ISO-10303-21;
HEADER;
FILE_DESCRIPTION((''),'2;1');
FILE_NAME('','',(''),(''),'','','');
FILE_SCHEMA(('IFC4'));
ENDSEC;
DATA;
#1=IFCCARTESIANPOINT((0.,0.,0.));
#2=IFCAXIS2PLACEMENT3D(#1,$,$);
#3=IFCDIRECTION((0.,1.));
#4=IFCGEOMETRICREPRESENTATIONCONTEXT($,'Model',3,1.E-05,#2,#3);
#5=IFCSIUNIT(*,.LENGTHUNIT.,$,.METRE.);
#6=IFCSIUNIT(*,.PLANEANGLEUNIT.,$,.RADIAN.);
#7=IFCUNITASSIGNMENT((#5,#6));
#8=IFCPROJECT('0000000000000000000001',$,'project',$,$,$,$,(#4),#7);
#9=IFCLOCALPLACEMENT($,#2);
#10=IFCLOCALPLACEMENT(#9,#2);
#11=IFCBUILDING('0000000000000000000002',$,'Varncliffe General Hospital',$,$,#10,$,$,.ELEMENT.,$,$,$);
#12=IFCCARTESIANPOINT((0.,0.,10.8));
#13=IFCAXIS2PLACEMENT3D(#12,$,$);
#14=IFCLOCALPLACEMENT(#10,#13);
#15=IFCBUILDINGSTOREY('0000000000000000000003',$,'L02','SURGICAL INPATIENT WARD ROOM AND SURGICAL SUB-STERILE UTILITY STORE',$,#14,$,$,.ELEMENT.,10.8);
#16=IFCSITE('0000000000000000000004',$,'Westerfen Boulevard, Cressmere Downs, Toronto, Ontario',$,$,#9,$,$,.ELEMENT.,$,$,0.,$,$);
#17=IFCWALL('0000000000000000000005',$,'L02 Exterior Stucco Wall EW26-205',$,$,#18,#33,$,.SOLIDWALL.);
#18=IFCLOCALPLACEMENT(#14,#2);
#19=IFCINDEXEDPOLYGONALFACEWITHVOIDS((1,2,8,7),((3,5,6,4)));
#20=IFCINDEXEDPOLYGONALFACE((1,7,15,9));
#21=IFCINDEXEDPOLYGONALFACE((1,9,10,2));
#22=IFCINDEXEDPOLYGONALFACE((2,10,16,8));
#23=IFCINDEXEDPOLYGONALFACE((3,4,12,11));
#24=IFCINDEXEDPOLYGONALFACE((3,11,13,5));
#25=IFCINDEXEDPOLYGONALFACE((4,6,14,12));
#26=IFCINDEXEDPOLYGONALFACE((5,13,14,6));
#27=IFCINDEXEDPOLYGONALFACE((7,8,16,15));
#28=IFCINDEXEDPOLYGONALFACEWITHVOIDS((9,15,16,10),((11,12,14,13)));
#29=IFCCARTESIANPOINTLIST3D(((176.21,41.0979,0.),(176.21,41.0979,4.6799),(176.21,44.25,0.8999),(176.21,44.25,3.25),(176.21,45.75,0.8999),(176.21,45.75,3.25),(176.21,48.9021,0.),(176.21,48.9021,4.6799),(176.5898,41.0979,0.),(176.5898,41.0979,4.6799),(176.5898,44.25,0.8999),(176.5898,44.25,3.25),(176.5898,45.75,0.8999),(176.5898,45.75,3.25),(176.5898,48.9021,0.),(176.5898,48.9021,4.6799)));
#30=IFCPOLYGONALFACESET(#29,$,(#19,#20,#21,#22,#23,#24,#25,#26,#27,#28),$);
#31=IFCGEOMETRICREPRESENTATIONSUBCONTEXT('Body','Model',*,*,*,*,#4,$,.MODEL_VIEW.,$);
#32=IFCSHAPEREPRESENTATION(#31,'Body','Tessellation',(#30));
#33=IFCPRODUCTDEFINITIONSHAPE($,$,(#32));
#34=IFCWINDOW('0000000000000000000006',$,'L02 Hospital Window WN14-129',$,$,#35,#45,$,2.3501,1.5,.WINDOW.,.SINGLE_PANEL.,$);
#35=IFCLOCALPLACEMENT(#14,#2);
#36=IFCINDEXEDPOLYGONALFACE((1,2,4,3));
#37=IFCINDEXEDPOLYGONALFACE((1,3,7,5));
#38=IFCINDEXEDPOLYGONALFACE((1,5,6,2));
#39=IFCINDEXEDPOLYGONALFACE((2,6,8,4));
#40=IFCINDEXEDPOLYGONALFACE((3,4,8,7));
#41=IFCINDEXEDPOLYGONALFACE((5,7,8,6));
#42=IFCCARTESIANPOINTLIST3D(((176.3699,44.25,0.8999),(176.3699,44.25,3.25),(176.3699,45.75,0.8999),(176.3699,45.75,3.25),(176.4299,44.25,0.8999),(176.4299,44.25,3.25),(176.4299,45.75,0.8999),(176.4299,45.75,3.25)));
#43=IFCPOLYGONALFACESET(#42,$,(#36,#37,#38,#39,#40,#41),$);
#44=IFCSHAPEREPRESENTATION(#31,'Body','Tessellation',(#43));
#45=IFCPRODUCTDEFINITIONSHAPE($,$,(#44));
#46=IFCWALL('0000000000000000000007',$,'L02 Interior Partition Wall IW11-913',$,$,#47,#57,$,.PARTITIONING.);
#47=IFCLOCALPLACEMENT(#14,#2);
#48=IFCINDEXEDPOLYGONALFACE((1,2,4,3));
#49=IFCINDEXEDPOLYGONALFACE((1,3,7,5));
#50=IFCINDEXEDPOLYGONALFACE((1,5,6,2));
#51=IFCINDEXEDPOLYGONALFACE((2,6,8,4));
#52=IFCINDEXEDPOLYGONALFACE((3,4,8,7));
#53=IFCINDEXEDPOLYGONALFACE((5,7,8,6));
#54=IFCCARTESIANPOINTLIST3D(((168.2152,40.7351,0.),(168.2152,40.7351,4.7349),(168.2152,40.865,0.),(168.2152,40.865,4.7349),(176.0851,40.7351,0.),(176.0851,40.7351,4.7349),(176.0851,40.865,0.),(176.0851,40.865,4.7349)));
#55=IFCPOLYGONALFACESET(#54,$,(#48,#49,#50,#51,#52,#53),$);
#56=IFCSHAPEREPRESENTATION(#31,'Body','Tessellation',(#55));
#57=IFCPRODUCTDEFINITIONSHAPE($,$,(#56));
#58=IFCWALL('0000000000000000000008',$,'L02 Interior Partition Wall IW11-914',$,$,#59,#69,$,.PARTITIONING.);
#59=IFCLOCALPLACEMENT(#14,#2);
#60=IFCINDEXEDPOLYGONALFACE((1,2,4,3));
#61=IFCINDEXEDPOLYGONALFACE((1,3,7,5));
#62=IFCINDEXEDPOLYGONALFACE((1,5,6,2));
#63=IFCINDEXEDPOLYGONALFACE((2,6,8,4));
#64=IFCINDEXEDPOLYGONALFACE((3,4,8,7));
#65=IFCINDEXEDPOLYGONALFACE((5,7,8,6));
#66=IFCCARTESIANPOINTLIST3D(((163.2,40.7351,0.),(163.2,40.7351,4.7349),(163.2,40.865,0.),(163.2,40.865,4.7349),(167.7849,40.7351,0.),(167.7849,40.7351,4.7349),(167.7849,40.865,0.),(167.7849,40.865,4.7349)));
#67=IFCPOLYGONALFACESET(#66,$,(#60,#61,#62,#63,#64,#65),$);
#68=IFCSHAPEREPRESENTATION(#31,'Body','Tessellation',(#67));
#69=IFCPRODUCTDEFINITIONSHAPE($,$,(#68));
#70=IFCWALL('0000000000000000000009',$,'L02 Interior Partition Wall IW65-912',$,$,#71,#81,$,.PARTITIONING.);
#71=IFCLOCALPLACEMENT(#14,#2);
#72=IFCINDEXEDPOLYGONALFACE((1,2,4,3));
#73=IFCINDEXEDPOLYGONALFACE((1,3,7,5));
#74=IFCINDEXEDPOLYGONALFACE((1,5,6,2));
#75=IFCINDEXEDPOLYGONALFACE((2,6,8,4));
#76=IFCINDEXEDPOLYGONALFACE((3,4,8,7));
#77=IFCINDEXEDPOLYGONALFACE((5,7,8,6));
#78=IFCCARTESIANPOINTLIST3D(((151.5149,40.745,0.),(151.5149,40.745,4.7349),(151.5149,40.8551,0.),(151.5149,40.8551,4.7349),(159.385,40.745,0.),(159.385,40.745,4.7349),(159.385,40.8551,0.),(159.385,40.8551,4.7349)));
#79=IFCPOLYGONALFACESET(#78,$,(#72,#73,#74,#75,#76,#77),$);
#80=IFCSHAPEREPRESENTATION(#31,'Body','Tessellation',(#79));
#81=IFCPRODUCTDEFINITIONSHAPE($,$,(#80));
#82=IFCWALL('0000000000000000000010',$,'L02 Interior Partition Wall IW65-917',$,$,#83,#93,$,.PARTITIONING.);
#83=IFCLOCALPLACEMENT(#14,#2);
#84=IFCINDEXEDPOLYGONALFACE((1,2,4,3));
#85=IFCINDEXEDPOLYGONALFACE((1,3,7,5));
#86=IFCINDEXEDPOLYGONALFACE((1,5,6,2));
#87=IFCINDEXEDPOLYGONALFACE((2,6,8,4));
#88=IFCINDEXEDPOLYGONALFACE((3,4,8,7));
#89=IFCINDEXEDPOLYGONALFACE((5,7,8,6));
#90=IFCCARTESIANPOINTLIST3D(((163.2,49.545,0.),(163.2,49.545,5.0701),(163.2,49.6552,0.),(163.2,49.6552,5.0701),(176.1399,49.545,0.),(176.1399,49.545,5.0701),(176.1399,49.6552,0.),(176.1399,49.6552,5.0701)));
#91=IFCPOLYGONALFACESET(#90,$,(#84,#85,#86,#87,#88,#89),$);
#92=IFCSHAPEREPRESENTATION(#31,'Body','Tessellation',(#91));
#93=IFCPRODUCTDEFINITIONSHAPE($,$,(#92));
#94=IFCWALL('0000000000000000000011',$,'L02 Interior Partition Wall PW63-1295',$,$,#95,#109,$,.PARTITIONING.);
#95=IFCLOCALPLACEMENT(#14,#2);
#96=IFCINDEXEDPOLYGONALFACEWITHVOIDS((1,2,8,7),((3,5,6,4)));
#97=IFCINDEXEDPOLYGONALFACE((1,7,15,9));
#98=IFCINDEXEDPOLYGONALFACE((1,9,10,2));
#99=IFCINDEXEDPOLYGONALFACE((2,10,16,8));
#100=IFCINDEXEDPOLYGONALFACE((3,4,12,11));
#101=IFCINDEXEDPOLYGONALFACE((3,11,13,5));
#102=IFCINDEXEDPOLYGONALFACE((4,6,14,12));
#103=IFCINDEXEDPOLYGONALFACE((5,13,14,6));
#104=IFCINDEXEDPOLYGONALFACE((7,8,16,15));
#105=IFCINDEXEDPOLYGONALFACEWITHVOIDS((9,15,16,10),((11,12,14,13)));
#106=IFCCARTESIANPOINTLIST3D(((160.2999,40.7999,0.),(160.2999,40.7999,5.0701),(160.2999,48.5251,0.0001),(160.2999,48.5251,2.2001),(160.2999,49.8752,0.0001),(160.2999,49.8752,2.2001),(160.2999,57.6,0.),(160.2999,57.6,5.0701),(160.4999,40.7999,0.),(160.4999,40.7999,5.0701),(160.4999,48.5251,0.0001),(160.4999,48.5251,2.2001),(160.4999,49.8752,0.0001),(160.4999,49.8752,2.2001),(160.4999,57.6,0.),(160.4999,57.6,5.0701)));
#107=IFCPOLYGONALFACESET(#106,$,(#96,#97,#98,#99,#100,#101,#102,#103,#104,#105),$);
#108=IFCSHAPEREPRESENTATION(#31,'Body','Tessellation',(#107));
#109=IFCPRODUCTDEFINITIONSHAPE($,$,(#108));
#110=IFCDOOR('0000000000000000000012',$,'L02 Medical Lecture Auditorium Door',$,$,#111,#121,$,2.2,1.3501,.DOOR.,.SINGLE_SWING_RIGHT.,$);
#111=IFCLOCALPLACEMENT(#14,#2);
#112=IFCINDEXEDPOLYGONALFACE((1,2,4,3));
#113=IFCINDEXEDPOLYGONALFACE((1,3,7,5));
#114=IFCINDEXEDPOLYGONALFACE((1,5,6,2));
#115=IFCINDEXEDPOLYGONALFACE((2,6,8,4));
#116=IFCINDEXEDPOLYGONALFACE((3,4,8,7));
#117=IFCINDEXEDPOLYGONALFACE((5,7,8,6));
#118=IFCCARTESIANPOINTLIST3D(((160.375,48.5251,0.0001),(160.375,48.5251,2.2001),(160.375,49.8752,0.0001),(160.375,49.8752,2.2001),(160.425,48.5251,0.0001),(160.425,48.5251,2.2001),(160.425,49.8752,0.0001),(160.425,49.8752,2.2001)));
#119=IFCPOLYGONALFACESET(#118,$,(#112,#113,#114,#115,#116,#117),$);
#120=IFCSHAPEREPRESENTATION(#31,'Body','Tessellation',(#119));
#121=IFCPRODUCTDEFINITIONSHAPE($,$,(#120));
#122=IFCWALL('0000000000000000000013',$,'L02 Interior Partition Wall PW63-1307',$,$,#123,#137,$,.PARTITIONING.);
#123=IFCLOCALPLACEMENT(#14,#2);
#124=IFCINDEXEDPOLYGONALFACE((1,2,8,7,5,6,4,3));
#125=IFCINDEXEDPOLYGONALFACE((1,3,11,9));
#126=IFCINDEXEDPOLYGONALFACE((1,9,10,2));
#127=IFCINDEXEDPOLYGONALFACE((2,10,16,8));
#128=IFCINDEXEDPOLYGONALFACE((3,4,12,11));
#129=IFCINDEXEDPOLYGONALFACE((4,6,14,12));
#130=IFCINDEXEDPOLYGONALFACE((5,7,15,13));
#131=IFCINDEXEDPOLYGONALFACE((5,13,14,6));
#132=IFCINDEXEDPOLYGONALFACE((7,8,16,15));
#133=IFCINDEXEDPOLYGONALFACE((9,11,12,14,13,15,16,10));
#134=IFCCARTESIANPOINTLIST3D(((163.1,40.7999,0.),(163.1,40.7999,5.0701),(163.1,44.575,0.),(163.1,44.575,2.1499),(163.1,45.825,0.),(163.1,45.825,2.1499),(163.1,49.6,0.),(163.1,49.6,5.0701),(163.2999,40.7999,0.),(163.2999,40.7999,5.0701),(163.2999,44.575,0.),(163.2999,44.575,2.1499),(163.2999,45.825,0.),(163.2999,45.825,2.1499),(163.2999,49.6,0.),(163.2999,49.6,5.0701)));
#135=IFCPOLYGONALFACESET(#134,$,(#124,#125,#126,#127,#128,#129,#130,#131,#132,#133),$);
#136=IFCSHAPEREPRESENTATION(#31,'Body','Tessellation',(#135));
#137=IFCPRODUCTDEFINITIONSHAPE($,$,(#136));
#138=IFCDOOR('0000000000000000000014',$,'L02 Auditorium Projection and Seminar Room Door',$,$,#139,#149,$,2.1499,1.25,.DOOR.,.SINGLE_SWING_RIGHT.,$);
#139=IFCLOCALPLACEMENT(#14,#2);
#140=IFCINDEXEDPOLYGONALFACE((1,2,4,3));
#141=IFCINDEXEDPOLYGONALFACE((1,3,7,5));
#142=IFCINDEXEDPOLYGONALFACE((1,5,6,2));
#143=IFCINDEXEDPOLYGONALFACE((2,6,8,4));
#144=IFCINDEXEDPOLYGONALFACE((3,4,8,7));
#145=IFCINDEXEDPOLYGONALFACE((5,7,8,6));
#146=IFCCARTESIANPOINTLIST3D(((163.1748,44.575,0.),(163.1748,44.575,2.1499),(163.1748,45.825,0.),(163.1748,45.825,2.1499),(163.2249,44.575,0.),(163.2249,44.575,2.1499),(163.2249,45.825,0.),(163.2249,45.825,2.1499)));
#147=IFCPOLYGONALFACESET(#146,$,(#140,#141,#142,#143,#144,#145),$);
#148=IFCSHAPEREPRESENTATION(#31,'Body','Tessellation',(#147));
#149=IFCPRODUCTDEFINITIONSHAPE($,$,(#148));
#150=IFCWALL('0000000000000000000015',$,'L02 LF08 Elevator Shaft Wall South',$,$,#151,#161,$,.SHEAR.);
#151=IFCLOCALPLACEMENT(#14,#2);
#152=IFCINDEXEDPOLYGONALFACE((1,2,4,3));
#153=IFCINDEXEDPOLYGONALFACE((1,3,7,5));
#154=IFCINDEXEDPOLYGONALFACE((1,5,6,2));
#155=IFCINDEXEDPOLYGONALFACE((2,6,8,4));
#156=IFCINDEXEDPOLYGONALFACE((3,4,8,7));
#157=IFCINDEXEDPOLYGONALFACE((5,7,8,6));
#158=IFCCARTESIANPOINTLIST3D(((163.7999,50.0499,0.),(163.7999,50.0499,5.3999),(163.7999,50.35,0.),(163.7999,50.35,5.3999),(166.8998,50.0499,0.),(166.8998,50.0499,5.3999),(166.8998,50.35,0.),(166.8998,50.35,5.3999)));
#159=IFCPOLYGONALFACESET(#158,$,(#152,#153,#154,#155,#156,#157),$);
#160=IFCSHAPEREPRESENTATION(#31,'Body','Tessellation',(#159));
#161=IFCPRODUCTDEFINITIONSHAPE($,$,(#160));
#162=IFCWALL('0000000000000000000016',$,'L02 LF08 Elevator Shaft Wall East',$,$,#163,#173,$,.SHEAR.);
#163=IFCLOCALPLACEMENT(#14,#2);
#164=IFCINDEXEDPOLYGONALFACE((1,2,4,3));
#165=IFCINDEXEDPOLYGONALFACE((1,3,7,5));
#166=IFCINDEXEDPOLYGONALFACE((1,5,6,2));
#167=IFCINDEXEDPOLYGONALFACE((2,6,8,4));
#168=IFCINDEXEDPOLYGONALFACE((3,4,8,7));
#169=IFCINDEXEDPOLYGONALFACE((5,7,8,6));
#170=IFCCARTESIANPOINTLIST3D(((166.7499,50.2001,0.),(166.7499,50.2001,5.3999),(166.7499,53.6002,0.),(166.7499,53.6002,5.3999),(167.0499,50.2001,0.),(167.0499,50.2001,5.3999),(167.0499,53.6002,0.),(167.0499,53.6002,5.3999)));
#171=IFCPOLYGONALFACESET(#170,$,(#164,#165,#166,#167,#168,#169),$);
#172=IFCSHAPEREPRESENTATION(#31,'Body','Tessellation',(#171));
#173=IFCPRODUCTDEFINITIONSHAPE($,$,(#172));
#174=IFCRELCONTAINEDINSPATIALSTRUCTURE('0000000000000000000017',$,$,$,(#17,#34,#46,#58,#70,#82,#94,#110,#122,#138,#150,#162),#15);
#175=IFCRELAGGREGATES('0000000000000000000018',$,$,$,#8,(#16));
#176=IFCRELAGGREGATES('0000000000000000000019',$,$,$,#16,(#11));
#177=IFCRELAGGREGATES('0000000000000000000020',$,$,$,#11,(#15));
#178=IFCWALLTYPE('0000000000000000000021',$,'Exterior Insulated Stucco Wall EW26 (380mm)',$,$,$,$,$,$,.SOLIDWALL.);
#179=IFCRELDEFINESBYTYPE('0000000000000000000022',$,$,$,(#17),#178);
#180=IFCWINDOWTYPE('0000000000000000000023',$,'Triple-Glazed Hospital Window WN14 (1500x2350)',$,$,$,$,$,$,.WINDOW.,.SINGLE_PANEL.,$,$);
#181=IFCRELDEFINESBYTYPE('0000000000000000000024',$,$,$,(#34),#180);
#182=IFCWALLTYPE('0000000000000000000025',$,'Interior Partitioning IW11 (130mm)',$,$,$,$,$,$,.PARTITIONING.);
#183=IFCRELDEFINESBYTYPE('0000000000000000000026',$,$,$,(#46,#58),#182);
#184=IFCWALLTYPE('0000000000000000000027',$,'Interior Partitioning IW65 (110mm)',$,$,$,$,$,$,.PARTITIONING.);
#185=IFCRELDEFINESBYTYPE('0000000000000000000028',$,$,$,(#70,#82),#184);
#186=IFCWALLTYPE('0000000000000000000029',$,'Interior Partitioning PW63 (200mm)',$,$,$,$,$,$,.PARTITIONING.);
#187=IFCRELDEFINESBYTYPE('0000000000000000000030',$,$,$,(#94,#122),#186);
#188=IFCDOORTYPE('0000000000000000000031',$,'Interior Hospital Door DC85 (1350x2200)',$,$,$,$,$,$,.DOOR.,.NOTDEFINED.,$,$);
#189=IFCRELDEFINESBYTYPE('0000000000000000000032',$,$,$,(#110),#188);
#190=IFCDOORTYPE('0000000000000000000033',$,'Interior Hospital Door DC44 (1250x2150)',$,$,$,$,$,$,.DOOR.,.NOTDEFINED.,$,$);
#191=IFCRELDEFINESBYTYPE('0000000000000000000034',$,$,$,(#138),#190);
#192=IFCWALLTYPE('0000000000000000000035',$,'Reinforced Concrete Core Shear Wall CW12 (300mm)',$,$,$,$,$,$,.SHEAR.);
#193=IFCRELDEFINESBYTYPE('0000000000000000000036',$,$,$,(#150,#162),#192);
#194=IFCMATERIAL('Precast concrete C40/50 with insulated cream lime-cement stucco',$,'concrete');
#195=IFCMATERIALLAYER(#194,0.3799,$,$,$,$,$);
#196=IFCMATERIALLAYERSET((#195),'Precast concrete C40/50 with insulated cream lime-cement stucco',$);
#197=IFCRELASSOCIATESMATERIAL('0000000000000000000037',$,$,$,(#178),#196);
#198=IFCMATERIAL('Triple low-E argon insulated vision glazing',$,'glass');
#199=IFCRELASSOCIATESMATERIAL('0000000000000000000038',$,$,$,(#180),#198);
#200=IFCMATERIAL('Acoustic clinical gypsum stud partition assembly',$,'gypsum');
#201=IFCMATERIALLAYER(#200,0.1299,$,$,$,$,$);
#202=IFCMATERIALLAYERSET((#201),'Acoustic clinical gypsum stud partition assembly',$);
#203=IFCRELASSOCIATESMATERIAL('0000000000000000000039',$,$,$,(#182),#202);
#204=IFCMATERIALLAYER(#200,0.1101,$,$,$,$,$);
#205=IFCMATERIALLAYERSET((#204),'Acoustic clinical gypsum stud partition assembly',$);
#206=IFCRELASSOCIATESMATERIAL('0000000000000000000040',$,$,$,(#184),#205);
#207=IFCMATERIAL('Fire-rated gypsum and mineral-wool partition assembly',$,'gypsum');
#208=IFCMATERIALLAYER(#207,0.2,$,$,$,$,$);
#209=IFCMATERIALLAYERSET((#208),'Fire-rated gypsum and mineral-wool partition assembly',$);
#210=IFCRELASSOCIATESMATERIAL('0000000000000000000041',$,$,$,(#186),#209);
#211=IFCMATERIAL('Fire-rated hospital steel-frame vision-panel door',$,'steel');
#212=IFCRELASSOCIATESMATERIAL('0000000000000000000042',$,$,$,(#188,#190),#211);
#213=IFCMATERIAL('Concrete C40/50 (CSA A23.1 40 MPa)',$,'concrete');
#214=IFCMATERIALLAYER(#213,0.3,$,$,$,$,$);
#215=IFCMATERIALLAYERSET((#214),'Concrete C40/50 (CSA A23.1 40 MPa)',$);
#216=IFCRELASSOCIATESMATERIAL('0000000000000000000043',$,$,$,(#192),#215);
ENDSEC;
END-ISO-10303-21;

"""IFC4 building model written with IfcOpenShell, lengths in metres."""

from ifc_helpers import new_model, si_unit, direction, frame, frame_2d, origin, place, context, subcontext, project, spatial, rectangle, extrude, material, layer, layer_set, type_object, element, fill, save


model = new_model("IFC4")

# Units and contexts
model_context = context("Model", 3, precision=1e-05, world=origin(), true_north=direction((0.0, 1.0)))
body_context = subcontext(model_context, "Body", "Model", "MODEL_VIEW")
ifc_project = project(units=[si_unit("LENGTHUNIT", "METRE"), si_unit("PLANEANGLEUNIT", "RADIAN")], contexts=[model_context])

# Site, building, storey
site_placement = place(None, origin())
site = spatial("IfcSite", under=ifc_project, at=site_placement, Name="Westerfen Boulevard, Cressmere Downs, Toronto, Ontario", CompositionType="ELEMENT", RefElevation=0.0)
building_placement = place(site_placement, origin())
building = spatial("IfcBuilding", under=site, at=building_placement, Name="Varncliffe General Hospital", CompositionType="ELEMENT")
storey_placement = place(building_placement, frame((0.0, 0.0, 10.8)))
storey = spatial("IfcBuildingStorey", under=building, at=storey_placement, Name="L02", Description="SURGICAL INPATIENT WARD ROOM AND SURGICAL SUB-STERILE UTILITY STORE", CompositionType="ELEMENT", Elevation=10.8)

# Shared definitions
ifc_material_1 = material(Name="Concrete C40/50 (CSA A23.1 40 MPa)", Category="concrete")

# Shared definitions
ifc_material_2 = material(Name="Triple low-E argon insulated vision glazing", Category="glass")

# Wall, opening, window
ifc_material_3 = material(Name="Precast concrete C40/50 with insulated cream lime-cement stucco", Category="concrete")
ifc_layer_1 = layer(ifc_material_3, 0.3799)
ifc_layer_set_1 = layer_set([ifc_layer_1], Name="Precast concrete C40/50 with insulated cream lime-cement stucco")
wall_type_1 = type_object("IfcWallType", Name="Exterior Insulated Stucco Wall EW26 (380mm)", PredefinedType="SOLIDWALL", material=ifc_layer_set_1)
wall_1_placement = place(storey_placement, frame((176.3999, 48.9021, 0.0), z_axis=(0.0, 0.0, 1.0), x_axis=(0.0, -1.0, 0.0)))
wall_1 = element("IfcWall", 1, at=wall_1_placement, inside=storey, type_object=wall_type_1, Name="L02 Exterior Stucco Wall EW26-205", PredefinedType="SOLIDWALL", context=body_context, shape_type="SweptSolid", body=[
    extrude(rectangle(XDim=7.8042, YDim=0.3799, at=frame_2d((3.9021, 0.0))), origin(), (0.0, 0.0, 1.0), 4.6799),
])
opening_1_placement = place(wall_1_placement, frame((3.1521, 0.0, 0.8999)))
opening_1 = element("IfcOpeningElement", 2, at=opening_1_placement, cuts=wall_1, PredefinedType="OPENING", context=body_context, shape_type="SweptSolid", body=[
    extrude(rectangle(XDim=1.5, YDim=2.3501, at=frame_2d((0.75, 1.175))), frame((0.0, 0.2, 0.0), z_axis=(0.0, -1.0, 0.0), x_axis=(1.0, 0.0, 0.0)), (0.0, 0.0, 1.0), 0.3999),
])
window_type = type_object("IfcWindowType", Name="Triple-Glazed Hospital Window WN14 (1500x2350)", PartitioningType="SINGLE_PANEL", PredefinedType="WINDOW", material=ifc_material_2)
window_placement = place(opening_1_placement, origin())
window = element("IfcWindow", 3, at=window_placement, inside=storey, type_object=window_type, Name="L02 Hospital Window WN14-129", OverallHeight=2.3501, OverallWidth=1.5, PartitioningType="SINGLE_PANEL", PredefinedType="WINDOW", context=body_context, shape_type="SweptSolid", body=[
    extrude(rectangle(XDim=1.5, YDim=2.3501, at=frame_2d((0.75, 1.175))), frame((0.0, 0.03, 0.0), z_axis=(0.0, -1.0, 0.0), x_axis=(1.0, 0.0, 0.0)), (0.0, 0.0, 1.0), 0.0601),
])
fill(opening_1, window)

# Walls
ifc_material_4 = material(Name="Acoustic clinical gypsum stud partition assembly", Category="gypsum")
ifc_layer_2 = layer(ifc_material_4, 0.1299)
ifc_layer_set_2 = layer_set([ifc_layer_2], Name="Acoustic clinical gypsum stud partition assembly")
wall_type_2 = type_object("IfcWallType", Name="Interior Partitioning IW11 (130mm)", PredefinedType="PARTITIONING", material=ifc_layer_set_2)
wall_2_placement = place(storey_placement, frame((168.2151, 40.8, 0.0), z_axis=(0.0, 0.0, 1.0), x_axis=(1.0, 0.0, 0.0)))
element("IfcWall", 4, at=wall_2_placement, inside=storey, type_object=wall_type_2, Name="L02 Interior Partition Wall IW11-913", PredefinedType="PARTITIONING", context=body_context, shape_type="SweptSolid", body=[
    extrude(rectangle(XDim=7.8699, YDim=0.1299, at=frame_2d((3.9351, 0.0))), origin(), (0.0, 0.0, 1.0), 4.7349),
])
wall_3_placement = place(storey_placement, frame((163.2, 40.8, 0.0), z_axis=(0.0, 0.0, 1.0), x_axis=(1.0, 0.0, 0.0)))
element("IfcWall", 5, at=wall_3_placement, inside=storey, type_object=wall_type_2, Name="L02 Interior Partition Wall IW11-914", PredefinedType="PARTITIONING", context=body_context, shape_type="SweptSolid", body=[
    extrude(rectangle(XDim=4.585, YDim=0.1299, at=frame_2d((2.2925, 0.0))), origin(), (0.0, 0.0, 1.0), 4.7349),
])
ifc_layer_3 = layer(ifc_material_4, 0.1101)
ifc_layer_set_3 = layer_set([ifc_layer_3], Name="Acoustic clinical gypsum stud partition assembly")
wall_type_3 = type_object("IfcWallType", Name="Interior Partitioning IW65 (110mm)", PredefinedType="PARTITIONING", material=ifc_layer_set_3)
wall_4_placement = place(storey_placement, frame((151.5149, 40.8, 0.0), z_axis=(0.0, 0.0, 1.0), x_axis=(1.0, 0.0, 0.0)))
element("IfcWall", 6, at=wall_4_placement, inside=storey, type_object=wall_type_3, Name="L02 Interior Partition Wall IW65-912", PredefinedType="PARTITIONING", context=body_context, shape_type="SweptSolid", body=[
    extrude(rectangle(XDim=7.8701, YDim=0.1101, at=frame_2d((3.9351, 0.0))), origin(), (0.0, 0.0, 1.0), 4.7349),
])
wall_5_placement = place(storey_placement, frame((163.2, 49.6001, 0.0), z_axis=(0.0, 0.0, 1.0), x_axis=(1.0, 0.0, 0.0)))
element("IfcWall", 7, at=wall_5_placement, inside=storey, type_object=wall_type_3, Name="L02 Interior Partition Wall IW65-917", PredefinedType="PARTITIONING", context=body_context, shape_type="SweptSolid", body=[
    extrude(rectangle(XDim=12.9399, YDim=0.1101, at=frame_2d((6.47, 0.0))), origin(), (0.0, 0.0, 1.0), 5.0701),
])

# Walls, openings, doors
ifc_material_5 = material(Name="Fire-rated gypsum and mineral-wool partition assembly", Category="gypsum")
ifc_layer_4 = layer(ifc_material_5, 0.2)
ifc_layer_set_4 = layer_set([ifc_layer_4], Name="Fire-rated gypsum and mineral-wool partition assembly")
wall_type_4 = type_object("IfcWallType", Name="Interior Partitioning PW63 (200mm)", PredefinedType="PARTITIONING", material=ifc_layer_set_4)
wall_6_placement = place(storey_placement, frame((160.3999, 40.8, 0.0), z_axis=(0.0, 0.0, 1.0), x_axis=(0.0, 1.0, 0.0)))
wall_6 = element("IfcWall", 8, at=wall_6_placement, inside=storey, type_object=wall_type_4, Name="L02 Interior Partition Wall PW63-1295", PredefinedType="PARTITIONING", context=body_context, shape_type="SweptSolid", body=[
    extrude(rectangle(XDim=16.8, YDim=0.2, at=frame_2d((8.3999, 0.0))), origin(), (0.0, 0.0, 1.0), 5.0701),
])
opening_2_placement = place(wall_6_placement, frame((7.7251, 0.0, 0.0)))
opening_2 = element("IfcOpeningElement", 9, at=opening_2_placement, cuts=wall_6, PredefinedType="OPENING", context=body_context, shape_type="SweptSolid", body=[
    extrude(rectangle(XDim=1.3501, YDim=2.2, at=frame_2d((0.675, 1.1001))), frame((0.0, 0.1099, 0.0), z_axis=(0.0, -1.0, 0.0), x_axis=(1.0, 0.0, 0.0)), (0.0, 0.0, 1.0), 0.22),
])
ifc_material_6 = material(Name="Fire-rated hospital steel-frame vision-panel door", Category="steel")
door_type_1 = type_object("IfcDoorType", Name="Interior Hospital Door DC85 (1350x2200)", OperationType="NOTDEFINED", PredefinedType="DOOR", material=ifc_material_6)
door_1_placement = place(opening_2_placement, origin())
door_1 = element("IfcDoor", 10, at=door_1_placement, inside=storey, type_object=door_type_1, Name="L02 Medical Lecture Auditorium Door", OperationType="SINGLE_SWING_RIGHT", OverallHeight=2.2, OverallWidth=1.3501, PredefinedType="DOOR", context=body_context, shape_type="SweptSolid", body=[
    extrude(rectangle(XDim=1.3501, YDim=2.2, at=frame_2d((0.675, 1.1001))), frame((0.0, 0.0249, 0.0), z_axis=(0.0, -1.0, 0.0), x_axis=(1.0, 0.0, 0.0)), (0.0, 0.0, 1.0), 0.05),
])
fill(opening_2, door_1)
wall_7_placement = place(storey_placement, frame((163.2, 40.8, 0.0), z_axis=(0.0, 0.0, 1.0), x_axis=(0.0, 1.0, 0.0)))
wall_7 = element("IfcWall", 11, at=wall_7_placement, inside=storey, type_object=wall_type_4, Name="L02 Interior Partition Wall PW63-1307", PredefinedType="PARTITIONING", context=body_context, shape_type="SweptSolid", body=[
    extrude(rectangle(XDim=8.8, YDim=0.2, at=frame_2d((4.3999, 0.0))), origin(), (0.0, 0.0, 1.0), 5.0701),
])
opening_3_placement = place(wall_7_placement, frame((3.7749, 0.0, 0.0)))
opening_3 = element("IfcOpeningElement", 12, at=opening_3_placement, cuts=wall_7, PredefinedType="OPENING", context=body_context, shape_type="SweptSolid", body=[
    extrude(rectangle(XDim=1.25, YDim=2.1499, at=frame_2d((0.625, 1.075))), frame((0.0, 0.1099, 0.0), z_axis=(0.0, -1.0, 0.0), x_axis=(1.0, 0.0, 0.0)), (0.0, 0.0, 1.0), 0.22),
])
door_type_2 = type_object("IfcDoorType", Name="Interior Hospital Door DC44 (1250x2150)", OperationType="NOTDEFINED", PredefinedType="DOOR", material=ifc_material_6)
door_2_placement = place(opening_3_placement, frame((1.25, 0.0, 0.0), z_axis=(0.0, 0.0, 1.0), x_axis=(-1.0, 0.0, 0.0)))
door_2 = element("IfcDoor", 13, at=door_2_placement, inside=storey, type_object=door_type_2, Name="L02 Auditorium Projection and Seminar Room Door", OperationType="SINGLE_SWING_RIGHT", OverallHeight=2.1499, OverallWidth=1.25, PredefinedType="DOOR", context=body_context, shape_type="SweptSolid", body=[
    extrude(rectangle(XDim=1.25, YDim=2.1499, at=frame_2d((0.625, 1.075))), frame((0.0, 0.0249, 0.0), z_axis=(0.0, -1.0, 0.0), x_axis=(1.0, 0.0, 0.0)), (0.0, 0.0, 1.0), 0.05),
])
fill(opening_3, door_2)

# Walls
ifc_layer_5 = layer(ifc_material_1, 0.3)
ifc_layer_set_5 = layer_set([ifc_layer_5], Name="Concrete C40/50 (CSA A23.1 40 MPa)")
wall_type_5 = type_object("IfcWallType", Name="Reinforced Concrete Core Shear Wall CW12 (300mm)", PredefinedType="SHEAR", material=ifc_layer_set_5)
wall_8_placement = place(storey_placement, frame((163.8, 50.2, 0.0), z_axis=(0.0, 0.0, 1.0), x_axis=(1.0, 0.0, 0.0)))
element("IfcWall", 14, at=wall_8_placement, inside=storey, type_object=wall_type_5, Name="L02 LF08 Elevator Shaft Wall South", PredefinedType="SHEAR", context=body_context, shape_type="SweptSolid", body=[
    extrude(rectangle(XDim=3.0999, YDim=0.3, at=frame_2d((1.5498, 0.0))), origin(), (0.0, 0.0, 1.0), 5.3999),
])
wall_9_placement = place(storey_placement, frame((166.8999, 50.2, 0.0), z_axis=(0.0, 0.0, 1.0), x_axis=(0.0, 1.0, 0.0)))
element("IfcWall", 15, at=wall_9_placement, inside=storey, type_object=wall_type_5, Name="L02 LF08 Elevator Shaft Wall East", PredefinedType="SHEAR", context=body_context, shape_type="SweptSolid", body=[
    extrude(rectangle(XDim=3.4001, YDim=0.3, at=frame_2d((1.7002, 0.0))), origin(), (0.0, 0.0, 1.0), 5.3999),
])

save(model, "model.ifc")
